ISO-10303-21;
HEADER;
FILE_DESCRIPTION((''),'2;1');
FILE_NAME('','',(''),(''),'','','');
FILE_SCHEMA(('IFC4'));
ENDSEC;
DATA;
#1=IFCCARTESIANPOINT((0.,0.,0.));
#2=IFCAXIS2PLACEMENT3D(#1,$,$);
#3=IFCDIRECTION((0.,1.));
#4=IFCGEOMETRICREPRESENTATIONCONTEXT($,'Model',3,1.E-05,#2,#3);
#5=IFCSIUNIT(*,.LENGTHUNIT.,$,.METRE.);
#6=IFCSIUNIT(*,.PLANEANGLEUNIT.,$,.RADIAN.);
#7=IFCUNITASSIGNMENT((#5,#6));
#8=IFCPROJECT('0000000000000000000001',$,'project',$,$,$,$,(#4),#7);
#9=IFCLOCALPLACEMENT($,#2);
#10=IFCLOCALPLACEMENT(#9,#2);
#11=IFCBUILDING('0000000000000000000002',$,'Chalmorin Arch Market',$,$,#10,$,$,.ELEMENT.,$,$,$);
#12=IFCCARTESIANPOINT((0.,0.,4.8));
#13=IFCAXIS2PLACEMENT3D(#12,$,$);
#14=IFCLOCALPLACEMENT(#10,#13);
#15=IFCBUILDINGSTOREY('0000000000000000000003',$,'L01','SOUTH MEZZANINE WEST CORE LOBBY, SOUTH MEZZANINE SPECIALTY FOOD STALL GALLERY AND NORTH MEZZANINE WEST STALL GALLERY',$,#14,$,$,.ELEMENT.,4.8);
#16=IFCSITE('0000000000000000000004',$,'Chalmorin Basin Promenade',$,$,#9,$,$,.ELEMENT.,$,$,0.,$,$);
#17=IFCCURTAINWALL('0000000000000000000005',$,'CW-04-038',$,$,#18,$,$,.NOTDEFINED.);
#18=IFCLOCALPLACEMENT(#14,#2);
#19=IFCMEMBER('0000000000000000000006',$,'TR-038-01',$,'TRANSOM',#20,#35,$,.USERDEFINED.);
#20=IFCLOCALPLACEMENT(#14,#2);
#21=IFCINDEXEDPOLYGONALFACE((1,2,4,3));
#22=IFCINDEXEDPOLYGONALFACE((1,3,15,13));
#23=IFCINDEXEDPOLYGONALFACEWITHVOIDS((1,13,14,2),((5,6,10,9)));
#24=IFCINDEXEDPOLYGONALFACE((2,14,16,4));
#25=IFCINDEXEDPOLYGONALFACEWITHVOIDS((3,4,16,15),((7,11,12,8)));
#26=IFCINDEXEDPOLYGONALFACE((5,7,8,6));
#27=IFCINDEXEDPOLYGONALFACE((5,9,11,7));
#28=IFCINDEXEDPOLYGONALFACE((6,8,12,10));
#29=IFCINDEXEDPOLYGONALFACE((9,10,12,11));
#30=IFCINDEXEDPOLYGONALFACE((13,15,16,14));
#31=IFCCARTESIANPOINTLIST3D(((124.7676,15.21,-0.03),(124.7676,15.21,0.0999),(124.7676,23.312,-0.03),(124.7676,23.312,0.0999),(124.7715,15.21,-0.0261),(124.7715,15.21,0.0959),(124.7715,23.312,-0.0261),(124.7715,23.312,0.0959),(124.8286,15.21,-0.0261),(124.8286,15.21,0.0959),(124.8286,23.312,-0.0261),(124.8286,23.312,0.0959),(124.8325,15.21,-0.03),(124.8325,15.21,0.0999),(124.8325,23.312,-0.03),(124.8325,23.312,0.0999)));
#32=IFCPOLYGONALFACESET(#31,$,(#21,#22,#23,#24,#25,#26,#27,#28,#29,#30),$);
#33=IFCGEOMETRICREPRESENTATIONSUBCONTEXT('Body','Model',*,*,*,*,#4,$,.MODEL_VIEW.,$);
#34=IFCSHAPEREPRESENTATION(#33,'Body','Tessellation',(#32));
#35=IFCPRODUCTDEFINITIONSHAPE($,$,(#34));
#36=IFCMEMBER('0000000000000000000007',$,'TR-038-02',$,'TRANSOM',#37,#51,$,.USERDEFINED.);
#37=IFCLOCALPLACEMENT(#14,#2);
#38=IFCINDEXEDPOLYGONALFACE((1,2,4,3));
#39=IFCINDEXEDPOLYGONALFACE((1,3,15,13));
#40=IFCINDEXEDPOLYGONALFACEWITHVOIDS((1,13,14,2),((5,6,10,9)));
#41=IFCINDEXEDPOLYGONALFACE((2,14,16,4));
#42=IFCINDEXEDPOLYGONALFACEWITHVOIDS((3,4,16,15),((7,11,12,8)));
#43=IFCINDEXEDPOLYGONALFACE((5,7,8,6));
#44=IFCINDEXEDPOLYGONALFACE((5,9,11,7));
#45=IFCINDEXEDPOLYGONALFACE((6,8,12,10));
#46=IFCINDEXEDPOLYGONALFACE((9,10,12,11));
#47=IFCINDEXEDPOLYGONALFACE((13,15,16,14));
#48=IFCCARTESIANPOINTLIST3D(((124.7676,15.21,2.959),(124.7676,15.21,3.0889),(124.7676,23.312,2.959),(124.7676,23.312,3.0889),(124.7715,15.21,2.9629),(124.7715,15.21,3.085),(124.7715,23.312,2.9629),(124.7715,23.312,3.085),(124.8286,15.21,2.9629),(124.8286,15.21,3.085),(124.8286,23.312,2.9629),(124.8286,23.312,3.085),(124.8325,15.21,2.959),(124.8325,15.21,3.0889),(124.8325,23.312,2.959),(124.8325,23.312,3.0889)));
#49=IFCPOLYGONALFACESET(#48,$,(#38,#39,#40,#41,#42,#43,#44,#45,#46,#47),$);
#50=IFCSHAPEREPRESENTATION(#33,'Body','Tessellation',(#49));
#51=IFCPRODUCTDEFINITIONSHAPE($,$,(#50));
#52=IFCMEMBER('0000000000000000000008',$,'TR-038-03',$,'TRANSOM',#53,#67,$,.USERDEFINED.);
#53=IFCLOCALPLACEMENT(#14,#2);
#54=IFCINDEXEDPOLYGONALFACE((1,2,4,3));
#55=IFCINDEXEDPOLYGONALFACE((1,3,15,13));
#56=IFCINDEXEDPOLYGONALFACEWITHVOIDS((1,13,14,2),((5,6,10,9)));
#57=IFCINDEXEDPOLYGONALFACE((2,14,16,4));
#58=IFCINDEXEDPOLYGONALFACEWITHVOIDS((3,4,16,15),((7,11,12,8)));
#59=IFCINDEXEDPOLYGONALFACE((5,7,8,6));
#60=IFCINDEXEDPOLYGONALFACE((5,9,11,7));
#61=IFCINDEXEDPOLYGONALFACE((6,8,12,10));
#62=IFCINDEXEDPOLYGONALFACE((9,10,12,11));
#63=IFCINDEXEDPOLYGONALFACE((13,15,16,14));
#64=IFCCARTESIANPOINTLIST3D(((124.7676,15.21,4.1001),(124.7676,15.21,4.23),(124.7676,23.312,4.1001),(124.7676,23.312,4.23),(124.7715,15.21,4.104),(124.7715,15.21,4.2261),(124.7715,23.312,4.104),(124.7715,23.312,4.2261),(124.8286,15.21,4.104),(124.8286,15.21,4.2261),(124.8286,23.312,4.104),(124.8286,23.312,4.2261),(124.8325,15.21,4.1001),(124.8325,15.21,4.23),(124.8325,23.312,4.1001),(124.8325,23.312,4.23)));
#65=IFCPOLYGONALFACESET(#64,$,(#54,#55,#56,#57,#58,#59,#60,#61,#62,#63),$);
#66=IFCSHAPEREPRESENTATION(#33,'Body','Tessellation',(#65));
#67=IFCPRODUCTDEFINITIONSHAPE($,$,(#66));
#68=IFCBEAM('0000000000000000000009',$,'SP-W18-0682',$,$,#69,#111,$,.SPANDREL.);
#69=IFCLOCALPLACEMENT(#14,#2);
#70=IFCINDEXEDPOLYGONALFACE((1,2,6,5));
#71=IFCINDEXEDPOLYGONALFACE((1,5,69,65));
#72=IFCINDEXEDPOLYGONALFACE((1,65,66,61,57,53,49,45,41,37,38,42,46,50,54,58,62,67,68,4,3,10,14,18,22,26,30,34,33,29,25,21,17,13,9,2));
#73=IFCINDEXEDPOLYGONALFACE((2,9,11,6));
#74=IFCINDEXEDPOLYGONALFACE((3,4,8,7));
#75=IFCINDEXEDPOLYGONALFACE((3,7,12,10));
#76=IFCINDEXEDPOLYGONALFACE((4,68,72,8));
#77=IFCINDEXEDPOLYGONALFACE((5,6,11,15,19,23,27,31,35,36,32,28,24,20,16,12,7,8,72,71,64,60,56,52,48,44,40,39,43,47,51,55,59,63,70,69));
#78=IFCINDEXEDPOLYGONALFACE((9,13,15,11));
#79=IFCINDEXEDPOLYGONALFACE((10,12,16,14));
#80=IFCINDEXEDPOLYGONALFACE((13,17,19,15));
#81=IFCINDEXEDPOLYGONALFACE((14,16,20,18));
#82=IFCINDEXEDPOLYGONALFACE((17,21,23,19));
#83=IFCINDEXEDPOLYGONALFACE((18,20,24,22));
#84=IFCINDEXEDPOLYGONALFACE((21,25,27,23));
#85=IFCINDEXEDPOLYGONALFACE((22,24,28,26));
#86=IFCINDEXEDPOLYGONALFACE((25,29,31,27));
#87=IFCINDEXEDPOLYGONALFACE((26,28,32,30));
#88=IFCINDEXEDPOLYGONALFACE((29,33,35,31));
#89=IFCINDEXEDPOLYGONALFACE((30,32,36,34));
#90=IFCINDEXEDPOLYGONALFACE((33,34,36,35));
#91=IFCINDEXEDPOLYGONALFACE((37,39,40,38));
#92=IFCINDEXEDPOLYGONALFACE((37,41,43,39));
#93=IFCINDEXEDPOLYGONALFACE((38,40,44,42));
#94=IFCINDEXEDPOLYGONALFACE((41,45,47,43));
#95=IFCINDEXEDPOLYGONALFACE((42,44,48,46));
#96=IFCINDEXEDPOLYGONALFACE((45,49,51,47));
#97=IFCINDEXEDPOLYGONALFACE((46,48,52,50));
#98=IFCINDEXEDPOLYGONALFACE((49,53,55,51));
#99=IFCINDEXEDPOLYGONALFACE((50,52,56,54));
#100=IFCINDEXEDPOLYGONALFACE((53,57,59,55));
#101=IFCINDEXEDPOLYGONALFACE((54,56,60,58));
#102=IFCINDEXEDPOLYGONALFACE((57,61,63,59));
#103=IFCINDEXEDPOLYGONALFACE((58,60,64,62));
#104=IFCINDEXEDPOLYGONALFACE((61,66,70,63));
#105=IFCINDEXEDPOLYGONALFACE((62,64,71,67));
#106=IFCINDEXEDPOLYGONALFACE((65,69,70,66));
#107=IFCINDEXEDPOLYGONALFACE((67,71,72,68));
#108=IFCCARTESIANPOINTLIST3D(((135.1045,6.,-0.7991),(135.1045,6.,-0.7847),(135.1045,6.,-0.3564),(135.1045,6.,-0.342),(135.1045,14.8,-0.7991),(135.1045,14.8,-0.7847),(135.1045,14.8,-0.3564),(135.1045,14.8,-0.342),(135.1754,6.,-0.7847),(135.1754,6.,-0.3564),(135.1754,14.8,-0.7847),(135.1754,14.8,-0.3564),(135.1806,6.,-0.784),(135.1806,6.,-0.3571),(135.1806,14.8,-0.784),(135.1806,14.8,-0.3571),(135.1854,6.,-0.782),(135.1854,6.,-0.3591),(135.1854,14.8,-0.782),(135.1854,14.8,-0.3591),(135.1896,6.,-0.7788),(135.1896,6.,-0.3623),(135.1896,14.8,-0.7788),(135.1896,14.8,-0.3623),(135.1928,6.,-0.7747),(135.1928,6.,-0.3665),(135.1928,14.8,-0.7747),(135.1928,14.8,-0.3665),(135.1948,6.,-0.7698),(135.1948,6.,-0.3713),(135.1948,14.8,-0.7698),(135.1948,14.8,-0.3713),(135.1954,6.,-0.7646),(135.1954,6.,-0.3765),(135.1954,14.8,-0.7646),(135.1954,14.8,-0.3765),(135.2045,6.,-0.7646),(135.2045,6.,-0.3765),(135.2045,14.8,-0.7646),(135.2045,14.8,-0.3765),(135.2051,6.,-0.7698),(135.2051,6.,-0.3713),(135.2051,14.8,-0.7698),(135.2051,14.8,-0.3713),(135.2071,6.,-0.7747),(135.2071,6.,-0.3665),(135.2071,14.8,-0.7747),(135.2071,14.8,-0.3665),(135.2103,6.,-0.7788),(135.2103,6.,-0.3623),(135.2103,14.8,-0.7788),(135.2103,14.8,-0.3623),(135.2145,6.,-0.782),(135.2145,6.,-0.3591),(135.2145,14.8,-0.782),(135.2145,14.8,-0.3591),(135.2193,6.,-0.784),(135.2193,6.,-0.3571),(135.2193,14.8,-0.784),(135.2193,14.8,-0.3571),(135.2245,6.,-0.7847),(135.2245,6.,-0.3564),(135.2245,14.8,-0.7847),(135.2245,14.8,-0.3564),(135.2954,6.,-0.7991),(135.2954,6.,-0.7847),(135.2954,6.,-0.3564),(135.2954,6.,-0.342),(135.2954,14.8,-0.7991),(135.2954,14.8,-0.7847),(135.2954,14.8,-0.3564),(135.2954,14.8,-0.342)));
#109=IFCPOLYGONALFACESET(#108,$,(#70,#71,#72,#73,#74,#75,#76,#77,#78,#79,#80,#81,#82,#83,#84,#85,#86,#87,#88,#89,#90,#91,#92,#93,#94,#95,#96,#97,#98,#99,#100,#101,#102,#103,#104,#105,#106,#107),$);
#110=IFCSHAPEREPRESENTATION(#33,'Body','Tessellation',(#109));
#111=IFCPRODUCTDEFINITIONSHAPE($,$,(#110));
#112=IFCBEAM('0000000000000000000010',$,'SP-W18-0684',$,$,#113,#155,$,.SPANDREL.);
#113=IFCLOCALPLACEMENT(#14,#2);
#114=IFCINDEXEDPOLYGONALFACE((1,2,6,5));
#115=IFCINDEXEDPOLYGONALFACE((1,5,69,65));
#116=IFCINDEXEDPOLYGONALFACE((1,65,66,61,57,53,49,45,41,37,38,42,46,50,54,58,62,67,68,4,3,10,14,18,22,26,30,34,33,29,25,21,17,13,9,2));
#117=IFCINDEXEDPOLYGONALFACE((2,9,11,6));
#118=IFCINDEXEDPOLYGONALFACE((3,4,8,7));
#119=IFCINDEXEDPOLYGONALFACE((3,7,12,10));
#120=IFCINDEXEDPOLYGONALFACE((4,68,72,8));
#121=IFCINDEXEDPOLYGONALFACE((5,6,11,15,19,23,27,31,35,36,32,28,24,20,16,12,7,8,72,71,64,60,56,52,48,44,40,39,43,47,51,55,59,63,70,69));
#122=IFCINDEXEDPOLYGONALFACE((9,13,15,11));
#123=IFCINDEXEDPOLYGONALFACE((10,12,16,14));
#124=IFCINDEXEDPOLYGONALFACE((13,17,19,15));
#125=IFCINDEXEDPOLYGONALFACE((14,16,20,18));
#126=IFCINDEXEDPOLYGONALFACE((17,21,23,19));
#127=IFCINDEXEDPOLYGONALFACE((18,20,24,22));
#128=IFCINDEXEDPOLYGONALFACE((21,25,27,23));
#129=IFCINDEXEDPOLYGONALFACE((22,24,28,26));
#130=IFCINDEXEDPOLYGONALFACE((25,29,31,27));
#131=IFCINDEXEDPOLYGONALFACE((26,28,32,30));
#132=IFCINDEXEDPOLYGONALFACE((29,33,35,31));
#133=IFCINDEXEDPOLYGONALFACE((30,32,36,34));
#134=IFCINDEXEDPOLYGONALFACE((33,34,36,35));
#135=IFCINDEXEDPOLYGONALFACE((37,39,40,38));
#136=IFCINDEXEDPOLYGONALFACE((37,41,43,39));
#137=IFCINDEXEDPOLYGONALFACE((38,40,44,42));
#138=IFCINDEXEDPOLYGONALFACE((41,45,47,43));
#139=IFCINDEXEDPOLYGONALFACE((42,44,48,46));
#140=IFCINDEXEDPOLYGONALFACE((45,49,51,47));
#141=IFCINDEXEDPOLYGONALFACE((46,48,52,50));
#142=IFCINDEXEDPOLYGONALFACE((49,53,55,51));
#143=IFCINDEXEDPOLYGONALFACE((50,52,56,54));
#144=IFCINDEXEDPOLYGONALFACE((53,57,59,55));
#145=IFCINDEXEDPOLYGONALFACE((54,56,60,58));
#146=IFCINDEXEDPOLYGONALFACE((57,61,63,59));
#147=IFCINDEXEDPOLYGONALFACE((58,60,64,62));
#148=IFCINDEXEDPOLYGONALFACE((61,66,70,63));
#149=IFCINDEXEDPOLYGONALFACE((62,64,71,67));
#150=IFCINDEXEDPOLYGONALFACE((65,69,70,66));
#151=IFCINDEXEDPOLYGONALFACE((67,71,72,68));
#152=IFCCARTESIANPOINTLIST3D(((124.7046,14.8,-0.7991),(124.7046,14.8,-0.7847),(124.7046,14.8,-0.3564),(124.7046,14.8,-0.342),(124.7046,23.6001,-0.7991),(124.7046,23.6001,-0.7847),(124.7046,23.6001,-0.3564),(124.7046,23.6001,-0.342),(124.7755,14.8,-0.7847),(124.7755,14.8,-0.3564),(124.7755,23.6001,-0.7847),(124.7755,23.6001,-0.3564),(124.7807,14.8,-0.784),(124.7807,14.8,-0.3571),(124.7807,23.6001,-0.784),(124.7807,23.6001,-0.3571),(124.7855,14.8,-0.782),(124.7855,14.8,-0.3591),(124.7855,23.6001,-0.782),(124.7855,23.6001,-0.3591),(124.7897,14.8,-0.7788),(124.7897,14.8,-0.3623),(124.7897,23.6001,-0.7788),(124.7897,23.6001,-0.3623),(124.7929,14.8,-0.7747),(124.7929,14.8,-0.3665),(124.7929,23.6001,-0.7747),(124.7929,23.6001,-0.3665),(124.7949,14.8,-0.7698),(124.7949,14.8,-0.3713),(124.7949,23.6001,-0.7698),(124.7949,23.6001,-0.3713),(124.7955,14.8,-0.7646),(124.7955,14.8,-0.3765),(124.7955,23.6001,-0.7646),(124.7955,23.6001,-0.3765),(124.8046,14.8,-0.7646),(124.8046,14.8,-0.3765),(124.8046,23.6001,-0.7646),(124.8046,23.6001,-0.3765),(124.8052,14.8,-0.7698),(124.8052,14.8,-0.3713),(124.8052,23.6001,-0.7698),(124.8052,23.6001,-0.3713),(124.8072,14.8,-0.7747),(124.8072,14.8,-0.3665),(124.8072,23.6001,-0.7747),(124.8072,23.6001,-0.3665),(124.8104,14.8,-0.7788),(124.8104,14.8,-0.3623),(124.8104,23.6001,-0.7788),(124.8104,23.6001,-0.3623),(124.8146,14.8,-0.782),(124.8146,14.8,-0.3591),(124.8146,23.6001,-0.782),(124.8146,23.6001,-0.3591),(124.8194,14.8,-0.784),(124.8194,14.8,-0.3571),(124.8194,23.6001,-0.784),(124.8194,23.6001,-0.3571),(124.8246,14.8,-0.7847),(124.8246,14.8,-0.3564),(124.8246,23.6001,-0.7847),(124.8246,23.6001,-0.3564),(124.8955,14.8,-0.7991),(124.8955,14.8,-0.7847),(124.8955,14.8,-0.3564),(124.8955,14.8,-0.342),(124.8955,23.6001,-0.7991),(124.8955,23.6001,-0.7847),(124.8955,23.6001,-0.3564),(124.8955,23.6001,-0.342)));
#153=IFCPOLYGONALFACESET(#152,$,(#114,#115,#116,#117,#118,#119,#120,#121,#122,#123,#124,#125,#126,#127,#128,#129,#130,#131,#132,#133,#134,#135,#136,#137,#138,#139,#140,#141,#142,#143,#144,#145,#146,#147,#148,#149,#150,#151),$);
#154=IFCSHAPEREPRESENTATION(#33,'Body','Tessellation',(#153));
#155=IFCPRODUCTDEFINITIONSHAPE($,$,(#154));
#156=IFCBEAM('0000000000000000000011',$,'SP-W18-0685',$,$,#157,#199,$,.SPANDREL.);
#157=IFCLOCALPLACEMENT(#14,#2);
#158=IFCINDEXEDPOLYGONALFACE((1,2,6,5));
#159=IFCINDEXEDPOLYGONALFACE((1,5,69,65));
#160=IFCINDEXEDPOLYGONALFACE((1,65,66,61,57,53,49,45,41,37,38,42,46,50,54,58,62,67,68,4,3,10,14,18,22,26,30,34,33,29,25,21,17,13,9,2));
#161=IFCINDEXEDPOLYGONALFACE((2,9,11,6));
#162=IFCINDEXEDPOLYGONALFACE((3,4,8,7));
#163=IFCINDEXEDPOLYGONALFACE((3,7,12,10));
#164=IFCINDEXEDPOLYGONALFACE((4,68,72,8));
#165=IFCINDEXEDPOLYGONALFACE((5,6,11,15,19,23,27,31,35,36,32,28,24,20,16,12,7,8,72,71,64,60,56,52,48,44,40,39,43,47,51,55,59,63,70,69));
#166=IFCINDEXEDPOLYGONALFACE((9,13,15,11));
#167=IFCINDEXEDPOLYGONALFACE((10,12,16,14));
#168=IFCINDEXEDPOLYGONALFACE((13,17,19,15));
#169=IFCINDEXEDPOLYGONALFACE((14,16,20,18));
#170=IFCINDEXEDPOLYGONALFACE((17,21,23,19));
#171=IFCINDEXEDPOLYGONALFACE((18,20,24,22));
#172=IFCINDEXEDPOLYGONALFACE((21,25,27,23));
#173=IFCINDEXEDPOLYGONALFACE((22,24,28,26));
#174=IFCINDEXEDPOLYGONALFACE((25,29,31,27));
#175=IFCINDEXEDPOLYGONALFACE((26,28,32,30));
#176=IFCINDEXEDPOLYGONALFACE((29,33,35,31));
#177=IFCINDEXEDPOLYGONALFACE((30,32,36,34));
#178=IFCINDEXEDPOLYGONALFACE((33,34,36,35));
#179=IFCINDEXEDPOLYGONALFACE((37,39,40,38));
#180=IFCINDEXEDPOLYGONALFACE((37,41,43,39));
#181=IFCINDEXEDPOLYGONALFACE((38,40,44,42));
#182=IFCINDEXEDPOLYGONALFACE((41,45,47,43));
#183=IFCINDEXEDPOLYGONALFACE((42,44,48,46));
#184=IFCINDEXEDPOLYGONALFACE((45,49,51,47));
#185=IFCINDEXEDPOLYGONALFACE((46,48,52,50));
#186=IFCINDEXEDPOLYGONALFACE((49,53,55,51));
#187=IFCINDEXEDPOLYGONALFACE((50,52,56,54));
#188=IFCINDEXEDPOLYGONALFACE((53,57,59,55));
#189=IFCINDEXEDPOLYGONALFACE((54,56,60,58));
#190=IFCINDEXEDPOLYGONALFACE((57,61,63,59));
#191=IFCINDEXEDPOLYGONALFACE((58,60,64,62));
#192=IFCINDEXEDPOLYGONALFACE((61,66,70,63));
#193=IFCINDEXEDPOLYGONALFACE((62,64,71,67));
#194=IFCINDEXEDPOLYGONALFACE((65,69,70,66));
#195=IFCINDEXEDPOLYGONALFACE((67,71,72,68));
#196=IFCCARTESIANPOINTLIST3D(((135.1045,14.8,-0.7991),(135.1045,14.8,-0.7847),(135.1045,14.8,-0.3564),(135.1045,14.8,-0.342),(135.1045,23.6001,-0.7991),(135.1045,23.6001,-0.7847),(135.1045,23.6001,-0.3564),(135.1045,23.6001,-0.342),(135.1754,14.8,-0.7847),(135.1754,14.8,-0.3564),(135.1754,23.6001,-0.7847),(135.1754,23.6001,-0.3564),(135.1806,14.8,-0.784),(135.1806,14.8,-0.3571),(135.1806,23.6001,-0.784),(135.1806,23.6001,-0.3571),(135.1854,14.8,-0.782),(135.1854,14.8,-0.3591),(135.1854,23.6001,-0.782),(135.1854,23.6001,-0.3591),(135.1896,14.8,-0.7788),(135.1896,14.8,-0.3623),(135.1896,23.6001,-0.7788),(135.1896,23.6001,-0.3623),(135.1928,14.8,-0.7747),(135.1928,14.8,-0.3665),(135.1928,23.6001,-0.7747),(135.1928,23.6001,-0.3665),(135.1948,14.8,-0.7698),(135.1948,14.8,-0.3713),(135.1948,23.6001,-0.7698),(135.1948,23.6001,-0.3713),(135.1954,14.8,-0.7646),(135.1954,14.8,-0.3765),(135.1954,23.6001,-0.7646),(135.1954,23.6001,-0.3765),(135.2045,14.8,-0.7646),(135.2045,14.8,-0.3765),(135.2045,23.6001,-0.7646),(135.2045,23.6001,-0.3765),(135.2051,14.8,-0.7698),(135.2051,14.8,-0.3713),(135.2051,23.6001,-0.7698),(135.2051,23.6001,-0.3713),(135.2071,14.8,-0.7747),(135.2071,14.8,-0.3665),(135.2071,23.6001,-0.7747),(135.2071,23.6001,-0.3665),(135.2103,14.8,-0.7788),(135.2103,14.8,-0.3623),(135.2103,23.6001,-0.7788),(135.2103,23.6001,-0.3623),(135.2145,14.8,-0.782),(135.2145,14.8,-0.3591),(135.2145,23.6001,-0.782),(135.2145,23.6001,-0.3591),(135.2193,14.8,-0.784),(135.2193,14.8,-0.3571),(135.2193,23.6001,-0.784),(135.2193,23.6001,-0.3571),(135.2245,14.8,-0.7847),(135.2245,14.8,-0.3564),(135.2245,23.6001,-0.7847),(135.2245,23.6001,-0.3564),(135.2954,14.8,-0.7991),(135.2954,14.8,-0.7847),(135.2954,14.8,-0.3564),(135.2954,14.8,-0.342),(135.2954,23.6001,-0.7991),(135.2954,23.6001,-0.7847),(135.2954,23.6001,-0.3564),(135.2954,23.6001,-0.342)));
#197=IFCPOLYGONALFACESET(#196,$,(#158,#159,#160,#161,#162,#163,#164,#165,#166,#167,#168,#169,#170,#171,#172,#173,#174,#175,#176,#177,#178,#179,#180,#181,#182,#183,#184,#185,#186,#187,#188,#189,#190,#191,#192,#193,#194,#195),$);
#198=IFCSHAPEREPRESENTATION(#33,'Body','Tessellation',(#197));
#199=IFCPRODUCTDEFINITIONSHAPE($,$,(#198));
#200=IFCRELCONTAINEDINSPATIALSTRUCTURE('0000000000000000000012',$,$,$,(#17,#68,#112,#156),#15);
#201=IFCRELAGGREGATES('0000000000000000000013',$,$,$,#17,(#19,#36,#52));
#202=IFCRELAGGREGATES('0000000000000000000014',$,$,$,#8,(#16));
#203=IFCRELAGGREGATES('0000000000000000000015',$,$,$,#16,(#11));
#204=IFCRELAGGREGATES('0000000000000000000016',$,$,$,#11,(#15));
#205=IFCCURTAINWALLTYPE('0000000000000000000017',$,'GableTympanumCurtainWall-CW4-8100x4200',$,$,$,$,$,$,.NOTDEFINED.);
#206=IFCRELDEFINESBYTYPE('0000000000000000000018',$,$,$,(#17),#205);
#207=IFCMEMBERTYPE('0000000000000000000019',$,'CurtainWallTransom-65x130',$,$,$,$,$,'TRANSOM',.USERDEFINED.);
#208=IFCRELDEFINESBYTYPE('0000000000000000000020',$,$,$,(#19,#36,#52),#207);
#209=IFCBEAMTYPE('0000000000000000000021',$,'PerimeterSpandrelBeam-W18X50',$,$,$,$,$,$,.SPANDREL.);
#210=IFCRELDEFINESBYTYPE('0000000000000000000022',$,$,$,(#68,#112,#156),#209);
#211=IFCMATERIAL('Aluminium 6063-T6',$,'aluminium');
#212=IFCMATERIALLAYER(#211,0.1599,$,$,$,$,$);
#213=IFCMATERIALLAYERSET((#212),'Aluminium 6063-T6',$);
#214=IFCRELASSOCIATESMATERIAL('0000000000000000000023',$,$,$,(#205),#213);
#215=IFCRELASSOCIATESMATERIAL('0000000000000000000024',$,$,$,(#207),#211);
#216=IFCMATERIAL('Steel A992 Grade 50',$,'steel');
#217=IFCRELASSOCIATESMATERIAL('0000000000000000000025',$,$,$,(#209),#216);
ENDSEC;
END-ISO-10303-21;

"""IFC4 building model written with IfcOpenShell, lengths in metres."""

from ifc_helpers import new_model, si_unit, direction, frame, origin, origin_2d, place, context, subcontext, project, spatial, hollow_rectangle, i_section, extrude, material, layer, layer_set, material_profile, profile_set, type_object, element, aggregate, save


model = new_model("IFC4")

# Units and contexts
model_context = context("Model", 3, precision=1e-05, world=origin(), true_north=direction((0.0, 1.0)))
body_context = subcontext(model_context, "Body", "Model", "MODEL_VIEW")
ifc_project = project(units=[si_unit("LENGTHUNIT", "METRE"), si_unit("PLANEANGLEUNIT", "RADIAN")], contexts=[model_context])

# Site, building, storey
site_placement = place(None, origin())
site = spatial("IfcSite", under=ifc_project, at=site_placement, Name="Chalmorin Basin Promenade", CompositionType="ELEMENT", RefElevation=0.0)
building_placement = place(site_placement, origin())
building = spatial("IfcBuilding", under=site, at=building_placement, Name="Chalmorin Arch Market", CompositionType="ELEMENT")
storey_placement = place(building_placement, frame((0.0, 0.0, 4.8)))
storey = spatial("IfcBuildingStorey", under=building, at=storey_placement, Name="L01", Description="SOUTH MEZZANINE WEST CORE LOBBY, SOUTH MEZZANINE SPECIALTY FOOD STALL GALLERY AND NORTH MEZZANINE WEST STALL GALLERY", CompositionType="ELEMENT", Elevation=4.8)

# Shared definitions
ifc_material_1 = material(Name="Steel A992 Grade 50", Category="steel")

# Curtain wall, members
ifc_material_2 = material(Name="Aluminium 6063-T6", Category="aluminium")
ifc_layer_1 = layer(ifc_material_2, 0.1599)
ifc_layer_set_1 = layer_set([ifc_layer_1], Name="Aluminium 6063-T6")
curtain_wall_type = type_object("IfcCurtainWallType", Name="GableTympanumCurtainWall-CW4-8100x4200", PredefinedType="NOTDEFINED", material=ifc_layer_set_1)
curtain_wall_placement = place(storey_placement, origin())
curtain_wall = element("IfcCurtainWall", 1, at=curtain_wall_placement, inside=storey, type_object=curtain_wall_type, Name="CW-04-038", PredefinedType="NOTDEFINED")
ifc_material_profile_1 = material_profile(ifc_material_2, hollow_rectangle(XDim=0.0649, YDim=0.1299, WallThickness=0.0039, at=origin_2d()), Name="ALU65X130X4")
ifc_profile_set_1 = profile_set([ifc_material_profile_1], Name="Aluminium 6063-T6")
member_type_1 = type_object("IfcMemberType", Name="CurtainWallTransom-65x130", ElementType="TRANSOM", PredefinedType="USERDEFINED", material=ifc_profile_set_1)
member_1_placement = place(storey_placement, frame((124.8, 15.21, 0.0349), z_axis=(0.0, 1.0, 0.0), x_axis=(-1.0, 0.0, 0.0)))
member_1 = element("IfcMember", 2, at=member_1_placement, type_object=member_type_1, Name="TR-038-01", ObjectType="TRANSOM", PredefinedType="USERDEFINED", context=body_context, shape_type="SweptSolid", body=[
    extrude(hollow_rectangle(XDim=0.0649, YDim=0.1299, WallThickness=0.0039, at=origin_2d()), origin(), (0.0, 0.0, 1.0), 8.1021),
])
member_2_placement = place(storey_placement, frame((124.8, 15.21, 3.0239), z_axis=(0.0, 1.0, 0.0), x_axis=(-1.0, 0.0, 0.0)))
member_2 = element("IfcMember", 3, at=member_2_placement, type_object=member_type_1, Name="TR-038-02", ObjectType="TRANSOM", PredefinedType="USERDEFINED", context=body_context, shape_type="SweptSolid", body=[
    extrude(hollow_rectangle(XDim=0.0649, YDim=0.1299, WallThickness=0.0039, at=origin_2d()), origin(), (0.0, 0.0, 1.0), 8.1021),
])
member_3_placement = place(storey_placement, frame((124.8, 15.21, 4.165), z_axis=(0.0, 1.0, 0.0), x_axis=(-1.0, 0.0, 0.0)))
member_3 = element("IfcMember", 4, at=member_3_placement, type_object=member_type_1, Name="TR-038-03", ObjectType="TRANSOM", PredefinedType="USERDEFINED", context=body_context, shape_type="SweptSolid", body=[
    extrude(hollow_rectangle(XDim=0.0649, YDim=0.1299, WallThickness=0.0039, at=origin_2d()), origin(), (0.0, 0.0, 1.0), 8.1021),
])

# Beams
ifc_material_profile_2 = material_profile(ifc_material_1, i_section(OverallWidth=0.1909, OverallDepth=0.457, WebThickness=0.009, FlangeThickness=0.0144, FilletRadius=0.02, at=origin_2d()), Name="W18X50")
ifc_profile_set_2 = profile_set([ifc_material_profile_2], Name="Steel A992 Grade 50")
beam_type_1 = type_object("IfcBeamType", Name="PerimeterSpandrelBeam-W18X50", PredefinedType="SPANDREL", material=ifc_profile_set_2)
for number, where, z_axis, x_axis, name in (
    (5, (135.2, 6.0, -0.5706), (0.0, 1.0, 0.0), (-1.0, 0.0, 0.0), "SP-W18-0682"),
    (6, (124.8, 14.8, -0.5706), (0.0, 1.0, 0.0), (-1.0, 0.0, 0.0), "SP-W18-0684"),
    (7, (135.2, 14.8, -0.5706), (0.0, 1.0, 0.0), (-1.0, 0.0, 0.0), "SP-W18-0685"),
):
    element("IfcBeam", number, at=place(storey_placement, frame(where, z_axis=z_axis, x_axis=x_axis)), inside=storey, type_object=beam_type_1, Name=name, PredefinedType="SPANDREL", context=body_context, shape_type="SweptSolid", body=[
        extrude(i_section(OverallWidth=0.1909, OverallDepth=0.457, WebThickness=0.009, FlangeThickness=0.0144, FilletRadius=0.02, at=origin_2d()), origin(), (0.0, 0.0, 1.0), 8.8),
    ])

aggregate(curtain_wall, [member_1, member_2, member_3])

save(model, "model.ifc")
